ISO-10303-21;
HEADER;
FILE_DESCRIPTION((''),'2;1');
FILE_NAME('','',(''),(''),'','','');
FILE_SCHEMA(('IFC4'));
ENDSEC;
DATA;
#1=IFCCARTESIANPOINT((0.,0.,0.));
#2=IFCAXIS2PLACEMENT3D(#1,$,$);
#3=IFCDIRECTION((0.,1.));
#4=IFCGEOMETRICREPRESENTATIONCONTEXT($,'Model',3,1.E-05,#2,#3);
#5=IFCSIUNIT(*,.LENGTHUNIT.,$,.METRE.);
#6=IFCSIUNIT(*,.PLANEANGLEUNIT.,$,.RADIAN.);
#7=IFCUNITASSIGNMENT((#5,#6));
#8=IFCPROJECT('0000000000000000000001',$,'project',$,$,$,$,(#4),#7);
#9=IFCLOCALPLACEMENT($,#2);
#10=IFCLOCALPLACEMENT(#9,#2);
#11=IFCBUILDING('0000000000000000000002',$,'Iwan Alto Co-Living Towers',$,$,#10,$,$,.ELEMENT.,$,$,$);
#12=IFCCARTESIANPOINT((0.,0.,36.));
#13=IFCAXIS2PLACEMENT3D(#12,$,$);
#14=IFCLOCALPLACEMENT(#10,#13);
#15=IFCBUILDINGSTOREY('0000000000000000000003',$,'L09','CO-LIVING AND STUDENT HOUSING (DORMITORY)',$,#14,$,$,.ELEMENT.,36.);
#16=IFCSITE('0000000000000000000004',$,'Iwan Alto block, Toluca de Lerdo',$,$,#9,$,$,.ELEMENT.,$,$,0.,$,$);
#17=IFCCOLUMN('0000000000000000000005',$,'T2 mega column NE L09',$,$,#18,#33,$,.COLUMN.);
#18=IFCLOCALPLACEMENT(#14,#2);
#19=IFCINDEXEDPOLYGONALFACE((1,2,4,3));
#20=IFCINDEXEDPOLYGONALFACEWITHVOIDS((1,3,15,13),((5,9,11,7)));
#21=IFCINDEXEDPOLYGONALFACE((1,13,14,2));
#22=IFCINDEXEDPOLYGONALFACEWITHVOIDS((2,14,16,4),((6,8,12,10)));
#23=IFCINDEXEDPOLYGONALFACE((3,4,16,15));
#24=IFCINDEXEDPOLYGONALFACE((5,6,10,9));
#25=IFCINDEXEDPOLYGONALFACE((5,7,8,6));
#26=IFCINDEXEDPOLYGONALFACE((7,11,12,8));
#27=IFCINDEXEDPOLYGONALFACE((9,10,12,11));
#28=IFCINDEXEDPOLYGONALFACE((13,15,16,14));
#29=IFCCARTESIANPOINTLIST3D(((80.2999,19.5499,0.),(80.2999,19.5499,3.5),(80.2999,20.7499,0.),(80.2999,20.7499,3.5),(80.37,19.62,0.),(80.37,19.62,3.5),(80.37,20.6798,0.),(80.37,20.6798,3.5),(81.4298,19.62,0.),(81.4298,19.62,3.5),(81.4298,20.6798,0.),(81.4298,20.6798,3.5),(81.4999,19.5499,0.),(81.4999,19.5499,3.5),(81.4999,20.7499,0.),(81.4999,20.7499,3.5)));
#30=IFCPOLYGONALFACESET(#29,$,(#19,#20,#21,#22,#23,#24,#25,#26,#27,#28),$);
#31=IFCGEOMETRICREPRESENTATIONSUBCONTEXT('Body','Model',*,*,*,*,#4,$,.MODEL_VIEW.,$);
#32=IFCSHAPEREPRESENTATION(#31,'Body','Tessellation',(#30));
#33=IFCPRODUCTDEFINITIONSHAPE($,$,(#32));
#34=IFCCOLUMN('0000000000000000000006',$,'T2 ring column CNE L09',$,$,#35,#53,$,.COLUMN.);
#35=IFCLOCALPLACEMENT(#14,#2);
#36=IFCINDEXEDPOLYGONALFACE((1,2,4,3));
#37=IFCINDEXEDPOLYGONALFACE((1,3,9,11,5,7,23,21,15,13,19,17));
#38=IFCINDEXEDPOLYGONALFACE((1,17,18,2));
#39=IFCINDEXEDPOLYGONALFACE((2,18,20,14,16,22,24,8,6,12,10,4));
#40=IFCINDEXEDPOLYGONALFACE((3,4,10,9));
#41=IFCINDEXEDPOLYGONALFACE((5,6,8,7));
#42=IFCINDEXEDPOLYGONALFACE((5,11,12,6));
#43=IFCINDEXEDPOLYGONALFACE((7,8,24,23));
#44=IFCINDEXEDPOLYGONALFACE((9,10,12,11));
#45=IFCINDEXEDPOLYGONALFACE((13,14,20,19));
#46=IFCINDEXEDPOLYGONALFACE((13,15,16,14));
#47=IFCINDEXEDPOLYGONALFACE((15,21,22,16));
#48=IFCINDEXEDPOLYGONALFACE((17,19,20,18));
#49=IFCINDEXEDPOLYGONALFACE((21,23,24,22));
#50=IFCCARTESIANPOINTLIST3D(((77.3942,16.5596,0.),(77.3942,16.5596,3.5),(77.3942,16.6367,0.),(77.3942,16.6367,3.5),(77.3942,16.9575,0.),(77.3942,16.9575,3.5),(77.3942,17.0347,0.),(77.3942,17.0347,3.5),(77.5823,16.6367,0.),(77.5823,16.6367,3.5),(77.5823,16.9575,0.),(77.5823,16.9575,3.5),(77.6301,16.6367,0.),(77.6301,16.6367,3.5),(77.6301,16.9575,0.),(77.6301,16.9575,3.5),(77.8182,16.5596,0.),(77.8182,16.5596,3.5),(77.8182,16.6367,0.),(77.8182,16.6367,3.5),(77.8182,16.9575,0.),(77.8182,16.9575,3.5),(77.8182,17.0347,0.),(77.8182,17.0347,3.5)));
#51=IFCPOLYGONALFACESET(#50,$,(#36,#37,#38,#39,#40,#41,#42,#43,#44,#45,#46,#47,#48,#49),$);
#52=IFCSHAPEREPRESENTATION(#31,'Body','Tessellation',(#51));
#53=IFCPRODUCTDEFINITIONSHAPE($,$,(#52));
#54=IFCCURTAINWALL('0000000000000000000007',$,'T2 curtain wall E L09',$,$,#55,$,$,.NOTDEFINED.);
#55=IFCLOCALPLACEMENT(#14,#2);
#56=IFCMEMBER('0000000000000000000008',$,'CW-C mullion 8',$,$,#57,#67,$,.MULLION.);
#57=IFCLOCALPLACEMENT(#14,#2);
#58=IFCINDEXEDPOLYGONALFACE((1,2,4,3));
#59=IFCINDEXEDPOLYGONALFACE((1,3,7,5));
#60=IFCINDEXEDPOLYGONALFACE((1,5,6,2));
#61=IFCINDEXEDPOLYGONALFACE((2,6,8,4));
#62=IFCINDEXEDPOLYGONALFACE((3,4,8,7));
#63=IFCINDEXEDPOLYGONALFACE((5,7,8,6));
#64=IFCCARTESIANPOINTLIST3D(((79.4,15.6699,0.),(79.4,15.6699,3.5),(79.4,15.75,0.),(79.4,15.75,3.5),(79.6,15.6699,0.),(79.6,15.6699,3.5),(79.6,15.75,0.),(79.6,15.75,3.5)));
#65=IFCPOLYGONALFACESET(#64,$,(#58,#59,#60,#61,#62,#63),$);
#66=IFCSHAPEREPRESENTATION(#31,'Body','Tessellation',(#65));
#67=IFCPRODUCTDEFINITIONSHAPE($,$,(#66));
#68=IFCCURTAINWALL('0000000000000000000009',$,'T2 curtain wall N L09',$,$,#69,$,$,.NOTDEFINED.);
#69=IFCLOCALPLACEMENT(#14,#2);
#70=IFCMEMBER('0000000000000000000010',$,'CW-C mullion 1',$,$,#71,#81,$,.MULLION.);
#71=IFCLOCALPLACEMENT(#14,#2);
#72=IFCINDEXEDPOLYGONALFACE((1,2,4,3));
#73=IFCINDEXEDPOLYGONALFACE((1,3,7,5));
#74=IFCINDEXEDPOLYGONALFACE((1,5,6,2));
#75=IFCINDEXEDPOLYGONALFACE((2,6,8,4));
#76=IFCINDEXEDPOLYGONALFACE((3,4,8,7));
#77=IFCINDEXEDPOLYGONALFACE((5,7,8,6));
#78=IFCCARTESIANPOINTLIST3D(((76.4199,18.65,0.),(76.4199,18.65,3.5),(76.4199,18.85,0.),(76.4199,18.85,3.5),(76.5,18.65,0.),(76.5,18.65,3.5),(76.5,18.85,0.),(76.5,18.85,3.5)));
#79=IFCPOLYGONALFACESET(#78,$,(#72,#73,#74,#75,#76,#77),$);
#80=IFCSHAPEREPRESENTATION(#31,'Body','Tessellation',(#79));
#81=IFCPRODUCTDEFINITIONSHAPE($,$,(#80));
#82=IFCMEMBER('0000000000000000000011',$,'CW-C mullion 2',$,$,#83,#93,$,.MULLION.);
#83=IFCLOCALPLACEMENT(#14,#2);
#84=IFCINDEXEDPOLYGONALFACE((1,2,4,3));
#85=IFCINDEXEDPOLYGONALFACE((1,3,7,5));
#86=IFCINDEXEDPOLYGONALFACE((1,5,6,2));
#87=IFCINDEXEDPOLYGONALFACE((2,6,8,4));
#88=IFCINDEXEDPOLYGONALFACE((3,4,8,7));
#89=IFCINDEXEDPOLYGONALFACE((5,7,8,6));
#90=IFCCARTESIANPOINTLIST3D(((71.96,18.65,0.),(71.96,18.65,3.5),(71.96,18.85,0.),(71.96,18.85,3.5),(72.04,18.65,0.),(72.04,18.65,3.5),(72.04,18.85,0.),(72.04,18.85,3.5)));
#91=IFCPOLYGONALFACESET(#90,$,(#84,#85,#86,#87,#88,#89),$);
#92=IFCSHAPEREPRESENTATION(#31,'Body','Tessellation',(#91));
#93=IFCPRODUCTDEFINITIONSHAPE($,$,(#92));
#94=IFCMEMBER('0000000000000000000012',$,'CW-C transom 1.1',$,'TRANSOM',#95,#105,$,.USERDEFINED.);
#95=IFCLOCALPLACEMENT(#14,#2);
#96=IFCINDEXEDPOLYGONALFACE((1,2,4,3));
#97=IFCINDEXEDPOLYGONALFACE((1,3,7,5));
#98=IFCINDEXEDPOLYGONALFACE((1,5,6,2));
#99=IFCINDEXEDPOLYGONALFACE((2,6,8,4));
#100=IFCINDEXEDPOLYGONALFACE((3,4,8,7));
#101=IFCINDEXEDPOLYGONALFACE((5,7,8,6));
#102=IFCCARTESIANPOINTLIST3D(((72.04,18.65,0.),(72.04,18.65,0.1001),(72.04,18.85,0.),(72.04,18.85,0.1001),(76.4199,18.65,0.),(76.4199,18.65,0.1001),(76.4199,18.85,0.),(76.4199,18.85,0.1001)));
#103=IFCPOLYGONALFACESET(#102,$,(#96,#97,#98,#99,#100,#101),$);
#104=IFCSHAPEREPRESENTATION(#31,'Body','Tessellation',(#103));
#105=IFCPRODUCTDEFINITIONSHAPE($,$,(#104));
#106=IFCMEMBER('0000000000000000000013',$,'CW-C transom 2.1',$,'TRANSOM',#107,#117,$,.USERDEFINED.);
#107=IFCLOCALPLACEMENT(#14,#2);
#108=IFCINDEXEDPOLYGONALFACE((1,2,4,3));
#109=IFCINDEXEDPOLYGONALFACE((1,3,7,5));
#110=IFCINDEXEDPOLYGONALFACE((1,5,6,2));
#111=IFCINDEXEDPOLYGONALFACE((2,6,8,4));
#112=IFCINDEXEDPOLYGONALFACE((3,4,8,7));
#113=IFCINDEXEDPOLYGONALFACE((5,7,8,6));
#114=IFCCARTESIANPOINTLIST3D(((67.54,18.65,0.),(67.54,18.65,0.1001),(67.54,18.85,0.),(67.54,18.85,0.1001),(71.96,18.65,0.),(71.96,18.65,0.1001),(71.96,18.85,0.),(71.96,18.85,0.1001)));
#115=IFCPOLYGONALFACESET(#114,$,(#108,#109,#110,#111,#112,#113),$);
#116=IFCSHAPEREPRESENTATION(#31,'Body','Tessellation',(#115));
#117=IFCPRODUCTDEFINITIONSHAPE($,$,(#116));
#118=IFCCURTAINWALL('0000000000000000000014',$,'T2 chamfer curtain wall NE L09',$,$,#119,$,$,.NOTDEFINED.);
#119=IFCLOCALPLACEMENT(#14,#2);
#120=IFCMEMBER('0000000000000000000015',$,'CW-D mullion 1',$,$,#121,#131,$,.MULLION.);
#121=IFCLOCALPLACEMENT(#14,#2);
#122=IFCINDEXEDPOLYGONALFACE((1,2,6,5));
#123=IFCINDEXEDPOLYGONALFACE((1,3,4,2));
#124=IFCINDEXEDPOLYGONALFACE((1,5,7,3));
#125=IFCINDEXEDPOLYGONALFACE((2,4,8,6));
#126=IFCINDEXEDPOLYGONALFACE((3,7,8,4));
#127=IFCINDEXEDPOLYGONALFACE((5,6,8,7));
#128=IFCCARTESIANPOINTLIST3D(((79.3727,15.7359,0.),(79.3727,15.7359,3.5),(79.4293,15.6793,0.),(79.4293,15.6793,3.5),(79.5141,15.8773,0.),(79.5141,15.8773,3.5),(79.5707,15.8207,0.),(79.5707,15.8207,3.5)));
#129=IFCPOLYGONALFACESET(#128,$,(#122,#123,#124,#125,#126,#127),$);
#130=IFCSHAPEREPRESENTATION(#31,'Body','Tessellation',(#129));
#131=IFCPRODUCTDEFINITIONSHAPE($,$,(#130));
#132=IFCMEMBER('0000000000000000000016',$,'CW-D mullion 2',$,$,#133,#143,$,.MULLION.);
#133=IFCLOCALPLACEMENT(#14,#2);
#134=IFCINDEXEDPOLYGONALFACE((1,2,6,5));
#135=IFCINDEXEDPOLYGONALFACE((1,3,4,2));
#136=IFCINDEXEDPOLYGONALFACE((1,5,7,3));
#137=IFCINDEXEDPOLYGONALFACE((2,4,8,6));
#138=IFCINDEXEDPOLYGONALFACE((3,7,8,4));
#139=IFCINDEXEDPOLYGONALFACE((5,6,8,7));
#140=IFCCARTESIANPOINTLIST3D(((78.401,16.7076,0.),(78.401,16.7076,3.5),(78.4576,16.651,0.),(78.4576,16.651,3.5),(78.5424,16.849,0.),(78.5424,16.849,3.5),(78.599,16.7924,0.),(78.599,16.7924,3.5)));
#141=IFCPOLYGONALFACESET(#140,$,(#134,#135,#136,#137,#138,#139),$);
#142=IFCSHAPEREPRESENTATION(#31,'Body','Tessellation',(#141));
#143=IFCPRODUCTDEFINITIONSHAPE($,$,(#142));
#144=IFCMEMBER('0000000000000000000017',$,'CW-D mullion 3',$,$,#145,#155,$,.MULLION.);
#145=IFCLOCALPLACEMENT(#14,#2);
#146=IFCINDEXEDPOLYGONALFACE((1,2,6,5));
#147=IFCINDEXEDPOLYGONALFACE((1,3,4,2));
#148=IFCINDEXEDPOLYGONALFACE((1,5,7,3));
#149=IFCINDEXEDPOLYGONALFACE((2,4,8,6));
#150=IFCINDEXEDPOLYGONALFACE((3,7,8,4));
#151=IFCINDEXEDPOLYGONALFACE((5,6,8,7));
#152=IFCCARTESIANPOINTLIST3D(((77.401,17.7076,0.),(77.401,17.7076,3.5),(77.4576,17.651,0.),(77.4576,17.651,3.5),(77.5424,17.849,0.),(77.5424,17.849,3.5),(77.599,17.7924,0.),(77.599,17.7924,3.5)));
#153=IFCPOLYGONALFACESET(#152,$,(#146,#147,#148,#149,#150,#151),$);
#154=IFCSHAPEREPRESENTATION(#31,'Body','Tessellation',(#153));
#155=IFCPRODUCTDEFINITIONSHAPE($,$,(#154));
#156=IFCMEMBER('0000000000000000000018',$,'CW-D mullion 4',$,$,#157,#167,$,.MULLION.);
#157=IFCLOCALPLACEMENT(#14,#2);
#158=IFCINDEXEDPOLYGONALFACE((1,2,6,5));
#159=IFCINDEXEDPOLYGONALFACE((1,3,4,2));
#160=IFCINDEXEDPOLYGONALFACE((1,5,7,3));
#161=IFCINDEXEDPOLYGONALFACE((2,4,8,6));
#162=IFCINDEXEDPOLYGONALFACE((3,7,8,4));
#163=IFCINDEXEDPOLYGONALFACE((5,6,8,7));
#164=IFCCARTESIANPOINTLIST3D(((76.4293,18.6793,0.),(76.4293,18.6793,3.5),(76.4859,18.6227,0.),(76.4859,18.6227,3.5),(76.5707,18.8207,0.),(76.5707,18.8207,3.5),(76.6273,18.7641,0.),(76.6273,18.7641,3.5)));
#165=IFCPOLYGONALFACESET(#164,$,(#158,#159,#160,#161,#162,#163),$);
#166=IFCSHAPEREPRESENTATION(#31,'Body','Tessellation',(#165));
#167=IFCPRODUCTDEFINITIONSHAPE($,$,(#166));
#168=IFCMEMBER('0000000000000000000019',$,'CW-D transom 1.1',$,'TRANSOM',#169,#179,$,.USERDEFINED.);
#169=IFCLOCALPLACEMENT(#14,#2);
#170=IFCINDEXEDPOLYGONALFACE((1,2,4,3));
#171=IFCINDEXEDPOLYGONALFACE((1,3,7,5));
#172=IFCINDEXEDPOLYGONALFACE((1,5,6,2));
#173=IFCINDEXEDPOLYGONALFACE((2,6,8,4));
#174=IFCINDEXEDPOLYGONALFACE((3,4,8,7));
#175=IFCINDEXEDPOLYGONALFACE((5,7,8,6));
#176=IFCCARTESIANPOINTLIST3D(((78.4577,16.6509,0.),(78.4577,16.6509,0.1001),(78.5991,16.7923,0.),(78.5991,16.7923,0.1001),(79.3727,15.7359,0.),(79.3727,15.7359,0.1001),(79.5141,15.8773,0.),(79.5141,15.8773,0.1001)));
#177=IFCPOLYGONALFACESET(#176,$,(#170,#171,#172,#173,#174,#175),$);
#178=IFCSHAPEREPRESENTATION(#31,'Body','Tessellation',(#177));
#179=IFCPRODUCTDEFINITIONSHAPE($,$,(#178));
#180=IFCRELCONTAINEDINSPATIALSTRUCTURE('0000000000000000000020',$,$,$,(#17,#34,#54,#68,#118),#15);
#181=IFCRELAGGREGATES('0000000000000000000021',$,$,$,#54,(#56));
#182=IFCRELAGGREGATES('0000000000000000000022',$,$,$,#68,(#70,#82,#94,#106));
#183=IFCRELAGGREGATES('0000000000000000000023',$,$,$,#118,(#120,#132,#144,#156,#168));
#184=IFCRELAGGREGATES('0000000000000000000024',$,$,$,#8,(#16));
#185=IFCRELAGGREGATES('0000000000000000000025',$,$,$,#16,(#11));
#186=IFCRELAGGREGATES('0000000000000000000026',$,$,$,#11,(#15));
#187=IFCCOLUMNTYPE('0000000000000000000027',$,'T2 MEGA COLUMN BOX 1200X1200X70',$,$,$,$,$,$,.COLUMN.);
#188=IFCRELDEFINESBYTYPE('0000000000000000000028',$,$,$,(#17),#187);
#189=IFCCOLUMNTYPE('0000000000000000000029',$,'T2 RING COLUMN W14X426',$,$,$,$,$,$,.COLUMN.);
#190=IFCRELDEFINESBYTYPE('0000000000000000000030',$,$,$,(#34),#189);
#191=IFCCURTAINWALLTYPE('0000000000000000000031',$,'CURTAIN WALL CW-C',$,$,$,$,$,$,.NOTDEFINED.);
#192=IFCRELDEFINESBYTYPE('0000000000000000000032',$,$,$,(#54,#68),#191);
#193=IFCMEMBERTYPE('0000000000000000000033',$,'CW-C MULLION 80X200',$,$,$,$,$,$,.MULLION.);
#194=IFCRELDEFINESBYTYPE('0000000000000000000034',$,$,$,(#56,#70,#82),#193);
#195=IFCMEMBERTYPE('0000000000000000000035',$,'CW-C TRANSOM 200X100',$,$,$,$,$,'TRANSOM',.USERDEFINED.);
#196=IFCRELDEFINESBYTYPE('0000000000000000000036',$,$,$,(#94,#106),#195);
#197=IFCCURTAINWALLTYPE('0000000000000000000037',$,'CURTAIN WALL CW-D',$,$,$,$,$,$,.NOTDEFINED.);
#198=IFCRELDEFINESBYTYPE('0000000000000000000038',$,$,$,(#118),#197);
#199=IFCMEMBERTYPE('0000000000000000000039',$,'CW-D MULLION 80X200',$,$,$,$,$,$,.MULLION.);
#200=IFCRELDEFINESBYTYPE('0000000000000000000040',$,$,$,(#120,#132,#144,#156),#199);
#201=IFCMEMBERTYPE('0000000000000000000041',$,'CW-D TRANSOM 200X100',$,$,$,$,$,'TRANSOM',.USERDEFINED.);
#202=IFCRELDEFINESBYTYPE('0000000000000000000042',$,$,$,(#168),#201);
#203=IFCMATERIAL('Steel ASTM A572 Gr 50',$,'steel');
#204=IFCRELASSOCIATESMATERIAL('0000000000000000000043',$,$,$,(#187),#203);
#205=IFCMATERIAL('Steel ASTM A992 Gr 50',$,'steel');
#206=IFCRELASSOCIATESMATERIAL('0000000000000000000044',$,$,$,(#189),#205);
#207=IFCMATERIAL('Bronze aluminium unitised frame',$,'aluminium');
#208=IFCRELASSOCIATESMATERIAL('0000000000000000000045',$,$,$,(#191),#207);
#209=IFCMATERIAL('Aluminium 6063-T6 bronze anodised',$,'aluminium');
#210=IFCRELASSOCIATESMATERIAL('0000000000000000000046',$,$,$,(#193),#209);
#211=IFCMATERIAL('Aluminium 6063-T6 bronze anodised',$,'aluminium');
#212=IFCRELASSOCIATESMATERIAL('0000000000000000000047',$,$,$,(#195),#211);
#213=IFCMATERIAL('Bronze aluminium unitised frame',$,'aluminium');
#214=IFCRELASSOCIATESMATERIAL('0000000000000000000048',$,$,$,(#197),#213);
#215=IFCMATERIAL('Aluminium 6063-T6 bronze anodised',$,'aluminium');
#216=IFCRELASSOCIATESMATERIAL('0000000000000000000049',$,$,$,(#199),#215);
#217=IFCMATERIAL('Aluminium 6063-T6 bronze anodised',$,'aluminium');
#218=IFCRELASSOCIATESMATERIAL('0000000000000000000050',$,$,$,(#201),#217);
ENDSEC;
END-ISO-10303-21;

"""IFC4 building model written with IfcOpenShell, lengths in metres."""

from ifc_helpers import new_model, si_unit, direction, frame, origin, origin_2d, place, context, subcontext, project, spatial, rectangle, hollow_rectangle, i_section, extrude, material, material_profile, profile_set, type_object, element, aggregate, save


model = new_model("IFC4")

# Units and contexts
model_context = context("Model", 3, precision=1e-05, world=origin(), true_north=direction((0.0, 1.0)))
body_context = subcontext(model_context, "Body", "Model", "MODEL_VIEW")
ifc_project = project(units=[si_unit("LENGTHUNIT", "METRE"), si_unit("PLANEANGLEUNIT", "RADIAN")], contexts=[model_context])

# Site, building, storey
site_placement = place(None, origin())
site = spatial("IfcSite", under=ifc_project, at=site_placement, Name="Iwan Alto block, Toluca de Lerdo", CompositionType="ELEMENT", RefElevation=0.0)
building_placement = place(site_placement, origin())
building = spatial("IfcBuilding", under=site, at=building_placement, Name="Iwan Alto Co-Living Towers", CompositionType="ELEMENT")
storey_placement = place(building_placement, frame((0.0, 0.0, 36.0)))
storey = spatial("IfcBuildingStorey", under=building, at=storey_placement, Name="L09", Description="CO-LIVING AND STUDENT HOUSING (DORMITORY)", CompositionType="ELEMENT", Elevation=36.0)

# Columns
ifc_material_1 = material(Name="Steel ASTM A572 Gr 50", Category="steel")
ifc_material_profile_1 = material_profile(ifc_material_1, hollow_rectangle(XDim=1.2, YDim=1.2, WallThickness=0.0701, at=origin_2d()), Name="BOX 1200X1200X70")
ifc_profile_set_1 = profile_set([ifc_material_profile_1], Name="Steel ASTM A572 Gr 50")
column_type_1 = type_object("IfcColumnType", Name="T2 MEGA COLUMN BOX 1200X1200X70", PredefinedType="COLUMN", material=ifc_profile_set_1)
column_1_placement = place(storey_placement, frame((80.8999, 20.1499, 0.0), z_axis=(0.0, 0.0, 1.0), x_axis=(1.0, 0.0, 0.0)))
element("IfcColumn", 1, at=column_1_placement, inside=storey, type_object=column_type_1, Name="T2 mega column NE L09", PredefinedType="COLUMN", context=body_context, shape_type="SweptSolid", body=[
    extrude(hollow_rectangle(XDim=1.2, YDim=1.2, WallThickness=0.0701, at=origin_2d()), origin(), (0.0, 0.0, 1.0), 3.5),
])
ifc_material_2 = material(Name="Steel ASTM A992 Gr 50", Category="steel")
ifc_material_profile_2 = material_profile(ifc_material_2, i_section(OverallWidth=0.4241, OverallDepth=0.4751, WebThickness=0.0479, FlangeThickness=0.0771, at=origin_2d()), Name="W14X426")
ifc_profile_set_2 = profile_set([ifc_material_profile_2], Name="Steel ASTM A992 Gr 50")
column_type_2 = type_object("IfcColumnType", Name="T2 RING COLUMN W14X426", PredefinedType="COLUMN", material=ifc_profile_set_2)
column_2_placement = place(storey_placement, frame((77.6062, 16.7971, 0.0), z_axis=(0.0, 0.0, 1.0), x_axis=(1.0, 0.0, 0.0)))
element("IfcColumn", 2, at=column_2_placement, inside=storey, type_object=column_type_2, Name="T2 ring column CNE L09", PredefinedType="COLUMN", context=body_context, shape_type="SweptSolid", body=[
    extrude(i_section(OverallWidth=0.4241, OverallDepth=0.4751, WebThickness=0.0479, FlangeThickness=0.0771, at=origin_2d()), origin(), (0.0, 0.0, 1.0), 3.5),
])

# Curtain wall, member
ifc_material_3 = material(Name="Bronze aluminium unitised frame", Category="aluminium")
curtain_wall_type_1 = type_object("IfcCurtainWallType", Name="CURTAIN WALL CW-C", PredefinedType="NOTDEFINED", material=ifc_material_3)
curtain_wall_1_placement = place(storey_placement, origin())
curtain_wall_1 = element("IfcCurtainWall", 3, at=curtain_wall_1_placement, inside=storey, type_object=curtain_wall_type_1, Name="T2 curtain wall E L09", PredefinedType="NOTDEFINED")
ifc_material_4 = material(Name="Aluminium 6063-T6 bronze anodised", Category="aluminium")
ifc_material_profile_3 = material_profile(ifc_material_4, rectangle(XDim=0.2, YDim=0.0801, at=origin_2d()), Name="AL 80X200")
ifc_profile_set_3 = profile_set([ifc_material_profile_3], Name="Aluminium 6063-T6 bronze anodised")
member_type_1 = type_object("IfcMemberType", Name="CW-C MULLION 80X200", PredefinedType="MULLION", material=ifc_profile_set_3)
member_1_placement = place(storey_placement, frame((79.5, 15.71, 0.0), z_axis=(0.0, 0.0, 1.0), x_axis=(-1.0, 0.0, 0.0)))
member_1 = element("IfcMember", 4, at=member_1_placement, type_object=member_type_1, Name="CW-C mullion 8", PredefinedType="MULLION", context=body_context, shape_type="SweptSolid", body=[
    extrude(rectangle(XDim=0.2, YDim=0.0801, at=origin_2d()), origin(), (0.0, 0.0, 1.0), 3.5),
])
aggregate(curtain_wall_1, [member_1])

# Curtain walls, members
curtain_wall_2_placement = place(storey_placement, origin())
curtain_wall_2 = element("IfcCurtainWall", 5, at=curtain_wall_2_placement, inside=storey, type_object=curtain_wall_type_1, Name="T2 curtain wall N L09", PredefinedType="NOTDEFINED")
member_2_placement = place(storey_placement, frame((76.46, 18.75, 0.0), z_axis=(0.0, 0.0, 1.0), x_axis=(0.0, -1.0, 0.0)))
member_2 = element("IfcMember", 6, at=member_2_placement, type_object=member_type_1, Name="CW-C mullion 1", PredefinedType="MULLION", context=body_context, shape_type="SweptSolid", body=[
    extrude(rectangle(XDim=0.2, YDim=0.0801, at=origin_2d()), origin(), (0.0, 0.0, 1.0), 3.5),
])
member_3_placement = place(storey_placement, frame((72.0, 18.75, 0.0), z_axis=(0.0, 0.0, 1.0), x_axis=(0.0, -1.0, 0.0)))
member_3 = element("IfcMember", 7, at=member_3_placement, type_object=member_type_1, Name="CW-C mullion 2", PredefinedType="MULLION", context=body_context, shape_type="SweptSolid", body=[
    extrude(rectangle(XDim=0.2, YDim=0.0801, at=origin_2d()), origin(), (0.0, 0.0, 1.0), 3.5),
])
ifc_material_5 = material(Name="Aluminium 6063-T6 bronze anodised", Category="aluminium")
ifc_material_profile_4 = material_profile(ifc_material_5, rectangle(XDim=0.2, YDim=0.1001, at=origin_2d()), Name="AL 200X100")
ifc_profile_set_4 = profile_set([ifc_material_profile_4], Name="Aluminium 6063-T6 bronze anodised")
member_type_2 = type_object("IfcMemberType", Name="CW-C TRANSOM 200X100", ElementType="TRANSOM", PredefinedType="USERDEFINED", material=ifc_profile_set_4)
member_4_placement = place(storey_placement, frame((76.4199, 18.75, 0.05), z_axis=(-1.0, 0.0, 0.0), x_axis=(0.0, -1.0, 0.0)))
member_4 = element("IfcMember", 8, at=member_4_placement, type_object=member_type_2, Name="CW-C transom 1.1", ObjectType="TRANSOM", PredefinedType="USERDEFINED", context=body_context, shape_type="SweptSolid", body=[
    extrude(rectangle(XDim=0.2, YDim=0.1001, at=origin_2d()), origin(), (0.0, 0.0, 1.0), 4.3799),
])
member_5_placement = place(storey_placement, frame((71.96, 18.75, 0.05), z_axis=(-1.0, 0.0, 0.0), x_axis=(0.0, -1.0, 0.0)))
member_5 = element("IfcMember", 9, at=member_5_placement, type_object=member_type_2, Name="CW-C transom 2.1", ObjectType="TRANSOM", PredefinedType="USERDEFINED", context=body_context, shape_type="SweptSolid", body=[
    extrude(rectangle(XDim=0.2, YDim=0.1001, at=origin_2d()), origin(), (0.0, 0.0, 1.0), 4.4199),
])
ifc_material_6 = material(Name="Bronze aluminium unitised frame", Category="aluminium")
curtain_wall_type_2 = type_object("IfcCurtainWallType", Name="CURTAIN WALL CW-D", PredefinedType="NOTDEFINED", material=ifc_material_6)
curtain_wall_3_placement = place(storey_placement, origin())
curtain_wall_3 = element("IfcCurtainWall", 10, at=curtain_wall_3_placement, inside=storey, type_object=curtain_wall_type_2, Name="T2 chamfer curtain wall NE L09", PredefinedType="NOTDEFINED")
ifc_material_7 = material(Name="Aluminium 6063-T6 bronze anodised", Category="aluminium")
ifc_material_profile_5 = material_profile(ifc_material_7, rectangle(XDim=0.2, YDim=0.0801, at=origin_2d()), Name="AL 80X200")
ifc_profile_set_5 = profile_set([ifc_material_profile_5], Name="Aluminium 6063-T6 bronze anodised")
member_type_3 = type_object("IfcMemberType", Name="CW-D MULLION 80X200", PredefinedType="MULLION", material=ifc_profile_set_5)
member_6_placement = place(storey_placement, frame((79.4717, 15.7783, 0.0), z_axis=(0.0, 0.0, 1.0), x_axis=(-0.707107, -0.707107, 0.0)))
member_6 = element("IfcMember", 11, at=member_6_placement, type_object=member_type_3, Name="CW-D mullion 1", PredefinedType="MULLION", context=body_context, shape_type="SweptSolid", body=[
    extrude(rectangle(XDim=0.2, YDim=0.0801, at=origin_2d()), origin(), (0.0, 0.0, 1.0), 3.5),
])
member_7_placement = place(storey_placement, frame((78.5, 16.75, 0.0), z_axis=(0.0, 0.0, 1.0), x_axis=(-0.707107, -0.707107, 0.0)))
member_7 = element("IfcMember", 12, at=member_7_placement, type_object=member_type_3, Name="CW-D mullion 2", PredefinedType="MULLION", context=body_context, shape_type="SweptSolid", body=[
    extrude(rectangle(XDim=0.2, YDim=0.0801, at=origin_2d()), origin(), (0.0, 0.0, 1.0), 3.5),
])
member_8_placement = place(storey_placement, frame((77.5, 17.75, 0.0), z_axis=(0.0, 0.0, 1.0), x_axis=(-0.707107, -0.707107, 0.0)))
member_8 = element("IfcMember", 13, at=member_8_placement, type_object=member_type_3, Name="CW-D mullion 3", PredefinedType="MULLION", context=body_context, shape_type="SweptSolid", body=[
    extrude(rectangle(XDim=0.2, YDim=0.0801, at=origin_2d()), origin(), (0.0, 0.0, 1.0), 3.5),
])
member_9_placement = place(storey_placement, frame((76.5283, 18.7217, 0.0), z_axis=(0.0, 0.0, 1.0), x_axis=(-0.707107, -0.707107, 0.0)))
member_9 = element("IfcMember", 14, at=member_9_placement, type_object=member_type_3, Name="CW-D mullion 4", PredefinedType="MULLION", context=body_context, shape_type="SweptSolid", body=[
    extrude(rectangle(XDim=0.2, YDim=0.0801, at=origin_2d()), origin(), (0.0, 0.0, 1.0), 3.5),
])
ifc_material_8 = material(Name="Aluminium 6063-T6 bronze anodised", Category="aluminium")
ifc_material_profile_6 = material_profile(ifc_material_8, rectangle(XDim=0.2, YDim=0.1001, at=origin_2d()), Name="AL 200X100")
ifc_profile_set_6 = profile_set([ifc_material_profile_6], Name="Aluminium 6063-T6 bronze anodised")
member_type_4 = type_object("IfcMemberType", Name="CW-D TRANSOM 200X100", ElementType="TRANSOM", PredefinedType="USERDEFINED", material=ifc_profile_set_6)
member_10_placement = place(storey_placement, frame((79.4434, 15.8066, 0.05), z_axis=(-0.707107, 0.707107, 0.0), x_axis=(-0.707107, -0.707107, 0.0)))
member_10 = element("IfcMember", 15, at=member_10_placement, type_object=member_type_4, Name="CW-D transom 1.1", ObjectType="TRANSOM", PredefinedType="USERDEFINED", context=body_context, shape_type="SweptSolid", body=[
    extrude(rectangle(XDim=0.2, YDim=0.1001, at=origin_2d()), origin(), (0.0, 0.0, 1.0), 1.2939),
])

aggregate(curtain_wall_2, [member_2, member_3, member_4, member_5])
aggregate(curtain_wall_3, [member_6, member_7, member_8, member_9, member_10])

save(model, "model.ifc")
